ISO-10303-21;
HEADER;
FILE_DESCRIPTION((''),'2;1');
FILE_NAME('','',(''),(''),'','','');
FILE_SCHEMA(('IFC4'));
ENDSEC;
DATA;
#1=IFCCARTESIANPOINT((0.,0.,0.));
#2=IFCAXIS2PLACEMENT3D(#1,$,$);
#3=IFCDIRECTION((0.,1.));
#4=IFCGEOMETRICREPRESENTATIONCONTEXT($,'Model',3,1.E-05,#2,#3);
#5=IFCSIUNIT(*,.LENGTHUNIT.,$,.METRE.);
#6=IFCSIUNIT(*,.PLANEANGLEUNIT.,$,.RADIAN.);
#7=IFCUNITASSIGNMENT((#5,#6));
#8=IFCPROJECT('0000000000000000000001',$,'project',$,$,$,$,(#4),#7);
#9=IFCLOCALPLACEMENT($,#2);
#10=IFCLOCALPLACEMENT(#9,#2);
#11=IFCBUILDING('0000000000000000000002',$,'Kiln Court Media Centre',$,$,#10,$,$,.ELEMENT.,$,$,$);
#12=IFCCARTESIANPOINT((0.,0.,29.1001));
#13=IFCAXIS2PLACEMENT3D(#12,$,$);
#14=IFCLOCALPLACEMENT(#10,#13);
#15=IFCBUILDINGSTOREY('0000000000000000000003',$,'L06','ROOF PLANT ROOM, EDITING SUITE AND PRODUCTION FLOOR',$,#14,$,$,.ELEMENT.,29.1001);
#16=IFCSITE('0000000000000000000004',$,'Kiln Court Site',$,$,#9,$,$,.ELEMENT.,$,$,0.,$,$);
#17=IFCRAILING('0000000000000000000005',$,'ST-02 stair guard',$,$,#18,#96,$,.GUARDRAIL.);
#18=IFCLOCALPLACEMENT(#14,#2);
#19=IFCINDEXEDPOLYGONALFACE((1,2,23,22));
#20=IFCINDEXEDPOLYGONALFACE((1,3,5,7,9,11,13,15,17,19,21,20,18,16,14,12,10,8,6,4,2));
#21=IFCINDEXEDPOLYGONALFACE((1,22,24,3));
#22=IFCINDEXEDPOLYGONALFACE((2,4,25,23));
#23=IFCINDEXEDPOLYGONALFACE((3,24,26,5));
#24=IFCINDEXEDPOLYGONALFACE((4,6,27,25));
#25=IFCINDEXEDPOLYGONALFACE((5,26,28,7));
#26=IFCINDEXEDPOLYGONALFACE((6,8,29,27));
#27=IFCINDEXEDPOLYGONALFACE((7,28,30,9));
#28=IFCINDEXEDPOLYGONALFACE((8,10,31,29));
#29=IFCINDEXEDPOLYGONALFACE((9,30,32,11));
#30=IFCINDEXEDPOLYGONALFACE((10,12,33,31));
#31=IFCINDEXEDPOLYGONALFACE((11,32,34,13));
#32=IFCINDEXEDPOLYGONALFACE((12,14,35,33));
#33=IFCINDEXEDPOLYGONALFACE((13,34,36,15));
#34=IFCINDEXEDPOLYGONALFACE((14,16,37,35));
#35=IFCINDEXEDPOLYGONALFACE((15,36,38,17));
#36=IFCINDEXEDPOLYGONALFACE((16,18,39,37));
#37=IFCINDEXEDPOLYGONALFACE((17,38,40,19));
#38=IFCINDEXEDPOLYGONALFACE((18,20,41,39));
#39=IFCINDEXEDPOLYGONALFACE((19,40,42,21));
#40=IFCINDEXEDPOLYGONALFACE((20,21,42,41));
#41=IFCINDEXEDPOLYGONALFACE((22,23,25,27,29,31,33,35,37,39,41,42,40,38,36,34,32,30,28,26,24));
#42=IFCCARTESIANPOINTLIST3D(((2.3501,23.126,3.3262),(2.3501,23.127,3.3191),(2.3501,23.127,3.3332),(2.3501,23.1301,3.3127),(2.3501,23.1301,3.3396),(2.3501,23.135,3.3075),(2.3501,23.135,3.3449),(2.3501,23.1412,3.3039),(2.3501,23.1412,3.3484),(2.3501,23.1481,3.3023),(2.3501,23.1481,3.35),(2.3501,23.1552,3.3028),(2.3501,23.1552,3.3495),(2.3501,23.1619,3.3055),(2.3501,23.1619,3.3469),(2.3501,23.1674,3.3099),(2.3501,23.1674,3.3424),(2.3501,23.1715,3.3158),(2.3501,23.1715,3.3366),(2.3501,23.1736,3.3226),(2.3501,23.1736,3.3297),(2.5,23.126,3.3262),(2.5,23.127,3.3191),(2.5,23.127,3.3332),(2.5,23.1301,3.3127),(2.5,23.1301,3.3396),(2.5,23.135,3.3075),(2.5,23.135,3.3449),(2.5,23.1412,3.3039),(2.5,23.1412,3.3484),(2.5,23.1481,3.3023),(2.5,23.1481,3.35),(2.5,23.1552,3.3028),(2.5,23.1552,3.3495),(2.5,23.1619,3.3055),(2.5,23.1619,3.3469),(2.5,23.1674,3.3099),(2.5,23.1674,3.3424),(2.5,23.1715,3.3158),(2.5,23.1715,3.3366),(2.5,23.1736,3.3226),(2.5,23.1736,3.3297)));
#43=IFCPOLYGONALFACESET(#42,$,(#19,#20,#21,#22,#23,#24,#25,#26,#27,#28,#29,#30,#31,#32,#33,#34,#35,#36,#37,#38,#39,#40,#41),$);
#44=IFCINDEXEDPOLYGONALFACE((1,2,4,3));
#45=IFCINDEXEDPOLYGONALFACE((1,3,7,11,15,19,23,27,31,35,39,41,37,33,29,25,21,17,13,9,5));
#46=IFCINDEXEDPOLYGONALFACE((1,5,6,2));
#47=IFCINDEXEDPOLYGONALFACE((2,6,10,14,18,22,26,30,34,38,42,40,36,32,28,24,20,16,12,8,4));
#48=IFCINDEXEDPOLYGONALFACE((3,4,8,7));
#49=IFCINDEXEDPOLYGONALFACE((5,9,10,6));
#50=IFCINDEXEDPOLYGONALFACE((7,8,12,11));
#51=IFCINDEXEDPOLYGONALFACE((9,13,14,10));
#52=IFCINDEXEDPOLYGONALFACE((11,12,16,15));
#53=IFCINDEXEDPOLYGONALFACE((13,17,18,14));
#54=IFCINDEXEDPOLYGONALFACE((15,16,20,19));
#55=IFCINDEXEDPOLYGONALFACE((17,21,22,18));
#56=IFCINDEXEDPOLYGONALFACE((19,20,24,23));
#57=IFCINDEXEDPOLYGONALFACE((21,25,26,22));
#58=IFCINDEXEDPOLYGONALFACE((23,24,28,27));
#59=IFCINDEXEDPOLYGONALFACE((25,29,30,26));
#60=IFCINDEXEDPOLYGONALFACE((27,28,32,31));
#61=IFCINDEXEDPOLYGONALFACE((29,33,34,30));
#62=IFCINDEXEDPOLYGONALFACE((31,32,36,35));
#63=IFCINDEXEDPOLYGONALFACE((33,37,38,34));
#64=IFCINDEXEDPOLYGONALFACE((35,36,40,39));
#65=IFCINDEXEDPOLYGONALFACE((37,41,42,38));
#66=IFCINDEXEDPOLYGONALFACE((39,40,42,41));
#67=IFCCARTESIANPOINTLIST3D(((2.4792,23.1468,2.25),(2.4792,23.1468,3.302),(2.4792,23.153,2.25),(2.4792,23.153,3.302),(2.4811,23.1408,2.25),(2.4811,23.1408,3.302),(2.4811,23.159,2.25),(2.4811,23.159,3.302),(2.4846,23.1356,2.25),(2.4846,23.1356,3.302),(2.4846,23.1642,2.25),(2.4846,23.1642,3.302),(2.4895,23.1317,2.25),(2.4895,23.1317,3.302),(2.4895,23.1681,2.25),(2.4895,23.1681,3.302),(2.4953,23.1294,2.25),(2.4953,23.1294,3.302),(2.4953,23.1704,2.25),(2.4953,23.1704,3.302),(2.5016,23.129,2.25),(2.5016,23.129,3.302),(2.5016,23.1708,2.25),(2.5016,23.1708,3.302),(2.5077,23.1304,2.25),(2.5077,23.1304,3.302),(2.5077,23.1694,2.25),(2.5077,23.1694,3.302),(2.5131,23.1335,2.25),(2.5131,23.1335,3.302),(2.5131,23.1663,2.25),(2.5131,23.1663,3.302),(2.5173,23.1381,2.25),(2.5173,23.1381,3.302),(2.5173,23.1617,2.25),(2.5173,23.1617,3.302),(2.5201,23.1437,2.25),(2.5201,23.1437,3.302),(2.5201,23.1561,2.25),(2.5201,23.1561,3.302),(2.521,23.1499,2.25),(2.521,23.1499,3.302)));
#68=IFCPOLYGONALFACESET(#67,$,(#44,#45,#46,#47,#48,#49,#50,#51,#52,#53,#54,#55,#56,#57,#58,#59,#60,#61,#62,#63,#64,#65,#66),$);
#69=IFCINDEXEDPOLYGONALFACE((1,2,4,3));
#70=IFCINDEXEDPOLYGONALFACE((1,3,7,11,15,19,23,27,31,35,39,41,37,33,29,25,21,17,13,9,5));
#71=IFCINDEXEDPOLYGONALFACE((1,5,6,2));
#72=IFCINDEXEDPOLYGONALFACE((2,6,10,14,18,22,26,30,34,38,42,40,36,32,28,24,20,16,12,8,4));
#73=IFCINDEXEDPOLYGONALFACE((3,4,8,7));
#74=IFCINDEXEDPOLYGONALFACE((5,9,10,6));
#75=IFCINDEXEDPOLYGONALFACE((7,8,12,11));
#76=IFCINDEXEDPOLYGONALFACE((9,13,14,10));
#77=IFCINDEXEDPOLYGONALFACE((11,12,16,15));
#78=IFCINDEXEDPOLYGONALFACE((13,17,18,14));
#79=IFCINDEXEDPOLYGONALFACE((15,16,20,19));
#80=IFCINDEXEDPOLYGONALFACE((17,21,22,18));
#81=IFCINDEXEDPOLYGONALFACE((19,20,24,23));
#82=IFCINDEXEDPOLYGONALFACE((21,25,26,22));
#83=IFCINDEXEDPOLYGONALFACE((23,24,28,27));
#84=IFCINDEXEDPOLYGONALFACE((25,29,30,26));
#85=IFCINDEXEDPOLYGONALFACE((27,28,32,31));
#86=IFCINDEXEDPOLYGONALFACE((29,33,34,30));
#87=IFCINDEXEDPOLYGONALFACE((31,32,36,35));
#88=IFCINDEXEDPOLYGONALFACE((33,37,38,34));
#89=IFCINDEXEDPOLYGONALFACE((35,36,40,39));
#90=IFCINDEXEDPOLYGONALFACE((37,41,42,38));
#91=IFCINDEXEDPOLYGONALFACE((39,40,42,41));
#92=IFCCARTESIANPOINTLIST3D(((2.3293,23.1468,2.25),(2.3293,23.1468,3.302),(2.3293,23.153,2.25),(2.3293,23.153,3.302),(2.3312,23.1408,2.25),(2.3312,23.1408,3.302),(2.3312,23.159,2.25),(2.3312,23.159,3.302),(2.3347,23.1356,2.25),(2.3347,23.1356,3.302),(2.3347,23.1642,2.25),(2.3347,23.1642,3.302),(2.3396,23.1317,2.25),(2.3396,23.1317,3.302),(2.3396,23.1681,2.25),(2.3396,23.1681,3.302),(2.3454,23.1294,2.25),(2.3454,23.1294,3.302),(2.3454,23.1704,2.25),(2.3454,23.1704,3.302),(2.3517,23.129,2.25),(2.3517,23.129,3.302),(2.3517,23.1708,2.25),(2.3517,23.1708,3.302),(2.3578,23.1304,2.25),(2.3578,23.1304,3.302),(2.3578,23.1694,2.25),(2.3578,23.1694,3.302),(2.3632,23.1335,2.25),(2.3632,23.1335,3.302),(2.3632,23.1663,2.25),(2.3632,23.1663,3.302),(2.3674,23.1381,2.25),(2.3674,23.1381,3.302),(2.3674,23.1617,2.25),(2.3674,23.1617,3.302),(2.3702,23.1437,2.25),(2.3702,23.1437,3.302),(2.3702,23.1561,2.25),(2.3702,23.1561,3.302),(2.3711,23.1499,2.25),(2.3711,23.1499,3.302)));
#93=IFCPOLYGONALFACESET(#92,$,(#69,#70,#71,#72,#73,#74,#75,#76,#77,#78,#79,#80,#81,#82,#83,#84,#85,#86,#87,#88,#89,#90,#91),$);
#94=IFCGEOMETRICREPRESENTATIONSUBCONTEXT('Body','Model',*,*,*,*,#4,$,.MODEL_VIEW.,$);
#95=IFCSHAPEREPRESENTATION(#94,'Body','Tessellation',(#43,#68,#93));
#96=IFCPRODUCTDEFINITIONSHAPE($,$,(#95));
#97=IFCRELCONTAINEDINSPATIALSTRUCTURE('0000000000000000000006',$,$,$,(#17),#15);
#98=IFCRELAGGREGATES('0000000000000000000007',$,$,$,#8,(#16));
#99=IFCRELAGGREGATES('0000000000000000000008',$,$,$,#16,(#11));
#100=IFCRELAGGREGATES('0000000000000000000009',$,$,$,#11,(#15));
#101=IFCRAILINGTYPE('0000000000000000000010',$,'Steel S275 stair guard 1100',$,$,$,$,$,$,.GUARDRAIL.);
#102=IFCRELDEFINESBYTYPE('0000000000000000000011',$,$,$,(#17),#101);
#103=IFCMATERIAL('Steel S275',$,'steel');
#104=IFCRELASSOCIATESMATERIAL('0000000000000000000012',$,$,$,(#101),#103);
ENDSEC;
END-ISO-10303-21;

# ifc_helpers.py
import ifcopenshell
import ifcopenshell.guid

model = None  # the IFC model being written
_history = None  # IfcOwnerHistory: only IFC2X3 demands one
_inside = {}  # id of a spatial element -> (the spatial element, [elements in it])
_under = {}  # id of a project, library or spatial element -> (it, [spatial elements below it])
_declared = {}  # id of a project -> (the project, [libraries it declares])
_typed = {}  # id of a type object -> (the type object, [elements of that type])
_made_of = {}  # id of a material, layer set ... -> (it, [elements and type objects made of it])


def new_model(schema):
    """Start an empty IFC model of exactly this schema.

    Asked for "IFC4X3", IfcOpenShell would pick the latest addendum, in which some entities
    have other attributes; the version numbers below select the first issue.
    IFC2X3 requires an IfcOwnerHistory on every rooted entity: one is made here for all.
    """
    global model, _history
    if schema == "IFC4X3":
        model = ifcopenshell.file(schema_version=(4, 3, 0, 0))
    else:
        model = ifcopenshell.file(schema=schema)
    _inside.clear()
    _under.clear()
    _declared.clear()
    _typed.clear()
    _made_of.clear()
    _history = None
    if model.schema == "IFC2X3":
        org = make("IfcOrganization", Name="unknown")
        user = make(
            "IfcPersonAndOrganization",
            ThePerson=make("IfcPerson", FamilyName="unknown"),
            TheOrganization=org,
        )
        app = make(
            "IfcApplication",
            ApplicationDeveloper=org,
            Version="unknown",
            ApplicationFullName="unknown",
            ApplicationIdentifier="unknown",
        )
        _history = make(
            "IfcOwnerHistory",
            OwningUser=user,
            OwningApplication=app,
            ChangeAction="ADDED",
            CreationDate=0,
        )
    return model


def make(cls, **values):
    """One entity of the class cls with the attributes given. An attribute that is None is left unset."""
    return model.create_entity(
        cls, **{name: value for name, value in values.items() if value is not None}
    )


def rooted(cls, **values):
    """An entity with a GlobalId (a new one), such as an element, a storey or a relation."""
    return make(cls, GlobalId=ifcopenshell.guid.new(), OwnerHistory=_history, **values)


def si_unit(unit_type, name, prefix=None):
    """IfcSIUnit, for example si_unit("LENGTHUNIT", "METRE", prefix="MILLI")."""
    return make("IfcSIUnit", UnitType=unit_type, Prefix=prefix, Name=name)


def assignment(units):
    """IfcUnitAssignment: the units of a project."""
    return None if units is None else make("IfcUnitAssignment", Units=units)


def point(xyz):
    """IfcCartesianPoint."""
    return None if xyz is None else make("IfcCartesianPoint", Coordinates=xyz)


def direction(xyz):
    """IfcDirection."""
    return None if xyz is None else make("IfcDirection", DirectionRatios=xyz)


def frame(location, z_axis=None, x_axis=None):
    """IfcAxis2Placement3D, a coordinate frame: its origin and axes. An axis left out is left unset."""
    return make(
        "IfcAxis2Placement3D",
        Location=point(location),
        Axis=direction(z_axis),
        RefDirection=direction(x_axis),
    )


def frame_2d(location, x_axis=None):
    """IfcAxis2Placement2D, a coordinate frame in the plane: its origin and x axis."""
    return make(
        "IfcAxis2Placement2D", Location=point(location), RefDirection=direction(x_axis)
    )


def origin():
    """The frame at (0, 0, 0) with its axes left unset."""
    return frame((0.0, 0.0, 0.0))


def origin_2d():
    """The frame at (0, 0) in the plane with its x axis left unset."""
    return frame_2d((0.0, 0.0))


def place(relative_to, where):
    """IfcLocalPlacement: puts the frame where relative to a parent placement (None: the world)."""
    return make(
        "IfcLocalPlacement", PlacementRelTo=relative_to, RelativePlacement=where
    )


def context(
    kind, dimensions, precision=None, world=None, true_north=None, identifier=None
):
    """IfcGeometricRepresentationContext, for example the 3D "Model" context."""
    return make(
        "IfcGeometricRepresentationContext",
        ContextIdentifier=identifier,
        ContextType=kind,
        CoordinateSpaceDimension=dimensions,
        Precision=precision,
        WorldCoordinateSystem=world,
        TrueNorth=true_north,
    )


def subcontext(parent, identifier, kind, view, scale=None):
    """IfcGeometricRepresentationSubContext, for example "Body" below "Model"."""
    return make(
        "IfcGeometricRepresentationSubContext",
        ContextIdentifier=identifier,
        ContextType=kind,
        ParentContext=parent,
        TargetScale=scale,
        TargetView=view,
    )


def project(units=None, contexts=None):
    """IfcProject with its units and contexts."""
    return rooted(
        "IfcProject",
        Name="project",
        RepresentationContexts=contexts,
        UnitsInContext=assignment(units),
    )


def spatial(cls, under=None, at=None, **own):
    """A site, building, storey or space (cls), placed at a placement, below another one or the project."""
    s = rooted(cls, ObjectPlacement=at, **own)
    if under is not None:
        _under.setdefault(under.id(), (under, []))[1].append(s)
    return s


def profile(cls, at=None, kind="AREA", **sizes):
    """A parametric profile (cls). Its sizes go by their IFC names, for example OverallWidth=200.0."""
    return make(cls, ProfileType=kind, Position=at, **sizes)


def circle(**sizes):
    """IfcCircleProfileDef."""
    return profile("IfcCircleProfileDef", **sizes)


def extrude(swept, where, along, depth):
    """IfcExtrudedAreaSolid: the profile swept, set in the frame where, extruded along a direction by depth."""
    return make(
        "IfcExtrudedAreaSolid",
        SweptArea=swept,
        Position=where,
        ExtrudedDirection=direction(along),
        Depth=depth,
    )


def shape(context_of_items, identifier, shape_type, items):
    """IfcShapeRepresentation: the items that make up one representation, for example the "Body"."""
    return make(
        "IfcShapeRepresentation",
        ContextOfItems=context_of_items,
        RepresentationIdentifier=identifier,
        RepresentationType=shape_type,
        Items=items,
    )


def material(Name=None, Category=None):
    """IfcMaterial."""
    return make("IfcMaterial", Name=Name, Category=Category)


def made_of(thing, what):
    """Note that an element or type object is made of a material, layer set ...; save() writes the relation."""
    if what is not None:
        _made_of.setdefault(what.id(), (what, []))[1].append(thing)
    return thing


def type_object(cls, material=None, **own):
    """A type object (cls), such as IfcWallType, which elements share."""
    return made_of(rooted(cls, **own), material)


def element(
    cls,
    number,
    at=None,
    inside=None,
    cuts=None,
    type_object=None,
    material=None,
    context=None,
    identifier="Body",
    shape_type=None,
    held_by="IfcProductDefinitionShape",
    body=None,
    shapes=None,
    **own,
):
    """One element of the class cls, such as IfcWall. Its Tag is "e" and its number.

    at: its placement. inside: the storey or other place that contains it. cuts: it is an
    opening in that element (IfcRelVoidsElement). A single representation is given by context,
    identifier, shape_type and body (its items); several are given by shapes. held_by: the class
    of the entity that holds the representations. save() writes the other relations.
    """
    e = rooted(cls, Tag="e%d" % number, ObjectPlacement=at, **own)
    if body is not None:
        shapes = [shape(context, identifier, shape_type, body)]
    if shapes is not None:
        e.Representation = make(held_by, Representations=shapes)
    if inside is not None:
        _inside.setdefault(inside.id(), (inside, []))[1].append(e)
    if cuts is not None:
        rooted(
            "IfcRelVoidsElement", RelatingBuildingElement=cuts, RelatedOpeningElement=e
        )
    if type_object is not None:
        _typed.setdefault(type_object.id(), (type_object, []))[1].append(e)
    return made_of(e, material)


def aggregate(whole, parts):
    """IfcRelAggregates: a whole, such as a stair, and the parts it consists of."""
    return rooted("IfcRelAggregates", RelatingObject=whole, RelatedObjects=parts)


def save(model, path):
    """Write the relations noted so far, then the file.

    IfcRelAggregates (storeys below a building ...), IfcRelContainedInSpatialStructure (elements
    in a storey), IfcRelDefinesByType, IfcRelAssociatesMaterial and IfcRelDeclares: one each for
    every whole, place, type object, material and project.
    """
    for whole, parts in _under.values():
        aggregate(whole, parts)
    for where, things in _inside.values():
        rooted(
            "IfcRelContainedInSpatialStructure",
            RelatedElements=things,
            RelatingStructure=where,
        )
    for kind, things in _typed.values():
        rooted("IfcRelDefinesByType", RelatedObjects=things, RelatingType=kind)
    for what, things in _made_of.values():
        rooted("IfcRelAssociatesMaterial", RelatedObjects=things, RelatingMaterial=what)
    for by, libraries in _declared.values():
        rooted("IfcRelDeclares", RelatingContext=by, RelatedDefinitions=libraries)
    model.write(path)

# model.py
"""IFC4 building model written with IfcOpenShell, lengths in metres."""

from ifc_helpers import new_model, si_unit, direction, frame, origin, origin_2d, place, context, subcontext, project, spatial, circle, extrude, material, type_object, element, save


model = new_model("IFC4")

# Units and contexts
model_context = context("Model", 3, precision=1e-05, world=origin(), true_north=direction((0.0, 1.0)))
body_context = subcontext(model_context, "Body", "Model", "MODEL_VIEW")
ifc_project = project(units=[si_unit("LENGTHUNIT", "METRE"), si_unit("PLANEANGLEUNIT", "RADIAN")], contexts=[model_context])

# Site, building, storey
site_placement = place(None, origin())
site = spatial("IfcSite", under=ifc_project, at=site_placement, Name="Kiln Court Site", CompositionType="ELEMENT", RefElevation=0.0)
building_placement = place(site_placement, origin())
building = spatial("IfcBuilding", under=site, at=building_placement, Name="Kiln Court Media Centre", CompositionType="ELEMENT")
storey_placement = place(building_placement, frame((0.0, 0.0, 29.1001)))
storey = spatial("IfcBuildingStorey", under=building, at=storey_placement, Name="L06", Description="ROOF PLANT ROOM, EDITING SUITE AND PRODUCTION FLOOR", CompositionType="ELEMENT", Elevation=29.1001)

# Railing
ifc_material_1 = material(Name="Steel S275", Category="steel")
railing_type_1 = type_object("IfcRailingType", Name="Steel S275 stair guard 1100", PredefinedType="GUARDRAIL", material=ifc_material_1)
railing_1_placement = place(storey_placement, frame((2.5, 23.1499, 2.25)))
element("IfcRailing", 1, at=railing_1_placement, inside=storey, type_object=railing_type_1, Name="ST-02 stair guard", PredefinedType="GUARDRAIL", context=body_context, shape_type="SweptSolid", body=[
    extrude(circle(Radius=0.0239, at=origin_2d()), frame((0.0, 0.0, 1.0762), z_axis=(-1.0, 0.0, 0.0), x_axis=(0.0, -1.0, 0.0)), (0.0, 0.0, 1.0), 0.1499),
    extrude(circle(Radius=0.021, at=origin_2d()), origin(), (0.0, 0.0, 1.0), 1.052),
    extrude(circle(Radius=0.021, at=origin_2d()), frame((-0.1499, 0.0, 0.0)), (0.0, 0.0, 1.0), 1.052),
])

save(model, "model.ifc")
